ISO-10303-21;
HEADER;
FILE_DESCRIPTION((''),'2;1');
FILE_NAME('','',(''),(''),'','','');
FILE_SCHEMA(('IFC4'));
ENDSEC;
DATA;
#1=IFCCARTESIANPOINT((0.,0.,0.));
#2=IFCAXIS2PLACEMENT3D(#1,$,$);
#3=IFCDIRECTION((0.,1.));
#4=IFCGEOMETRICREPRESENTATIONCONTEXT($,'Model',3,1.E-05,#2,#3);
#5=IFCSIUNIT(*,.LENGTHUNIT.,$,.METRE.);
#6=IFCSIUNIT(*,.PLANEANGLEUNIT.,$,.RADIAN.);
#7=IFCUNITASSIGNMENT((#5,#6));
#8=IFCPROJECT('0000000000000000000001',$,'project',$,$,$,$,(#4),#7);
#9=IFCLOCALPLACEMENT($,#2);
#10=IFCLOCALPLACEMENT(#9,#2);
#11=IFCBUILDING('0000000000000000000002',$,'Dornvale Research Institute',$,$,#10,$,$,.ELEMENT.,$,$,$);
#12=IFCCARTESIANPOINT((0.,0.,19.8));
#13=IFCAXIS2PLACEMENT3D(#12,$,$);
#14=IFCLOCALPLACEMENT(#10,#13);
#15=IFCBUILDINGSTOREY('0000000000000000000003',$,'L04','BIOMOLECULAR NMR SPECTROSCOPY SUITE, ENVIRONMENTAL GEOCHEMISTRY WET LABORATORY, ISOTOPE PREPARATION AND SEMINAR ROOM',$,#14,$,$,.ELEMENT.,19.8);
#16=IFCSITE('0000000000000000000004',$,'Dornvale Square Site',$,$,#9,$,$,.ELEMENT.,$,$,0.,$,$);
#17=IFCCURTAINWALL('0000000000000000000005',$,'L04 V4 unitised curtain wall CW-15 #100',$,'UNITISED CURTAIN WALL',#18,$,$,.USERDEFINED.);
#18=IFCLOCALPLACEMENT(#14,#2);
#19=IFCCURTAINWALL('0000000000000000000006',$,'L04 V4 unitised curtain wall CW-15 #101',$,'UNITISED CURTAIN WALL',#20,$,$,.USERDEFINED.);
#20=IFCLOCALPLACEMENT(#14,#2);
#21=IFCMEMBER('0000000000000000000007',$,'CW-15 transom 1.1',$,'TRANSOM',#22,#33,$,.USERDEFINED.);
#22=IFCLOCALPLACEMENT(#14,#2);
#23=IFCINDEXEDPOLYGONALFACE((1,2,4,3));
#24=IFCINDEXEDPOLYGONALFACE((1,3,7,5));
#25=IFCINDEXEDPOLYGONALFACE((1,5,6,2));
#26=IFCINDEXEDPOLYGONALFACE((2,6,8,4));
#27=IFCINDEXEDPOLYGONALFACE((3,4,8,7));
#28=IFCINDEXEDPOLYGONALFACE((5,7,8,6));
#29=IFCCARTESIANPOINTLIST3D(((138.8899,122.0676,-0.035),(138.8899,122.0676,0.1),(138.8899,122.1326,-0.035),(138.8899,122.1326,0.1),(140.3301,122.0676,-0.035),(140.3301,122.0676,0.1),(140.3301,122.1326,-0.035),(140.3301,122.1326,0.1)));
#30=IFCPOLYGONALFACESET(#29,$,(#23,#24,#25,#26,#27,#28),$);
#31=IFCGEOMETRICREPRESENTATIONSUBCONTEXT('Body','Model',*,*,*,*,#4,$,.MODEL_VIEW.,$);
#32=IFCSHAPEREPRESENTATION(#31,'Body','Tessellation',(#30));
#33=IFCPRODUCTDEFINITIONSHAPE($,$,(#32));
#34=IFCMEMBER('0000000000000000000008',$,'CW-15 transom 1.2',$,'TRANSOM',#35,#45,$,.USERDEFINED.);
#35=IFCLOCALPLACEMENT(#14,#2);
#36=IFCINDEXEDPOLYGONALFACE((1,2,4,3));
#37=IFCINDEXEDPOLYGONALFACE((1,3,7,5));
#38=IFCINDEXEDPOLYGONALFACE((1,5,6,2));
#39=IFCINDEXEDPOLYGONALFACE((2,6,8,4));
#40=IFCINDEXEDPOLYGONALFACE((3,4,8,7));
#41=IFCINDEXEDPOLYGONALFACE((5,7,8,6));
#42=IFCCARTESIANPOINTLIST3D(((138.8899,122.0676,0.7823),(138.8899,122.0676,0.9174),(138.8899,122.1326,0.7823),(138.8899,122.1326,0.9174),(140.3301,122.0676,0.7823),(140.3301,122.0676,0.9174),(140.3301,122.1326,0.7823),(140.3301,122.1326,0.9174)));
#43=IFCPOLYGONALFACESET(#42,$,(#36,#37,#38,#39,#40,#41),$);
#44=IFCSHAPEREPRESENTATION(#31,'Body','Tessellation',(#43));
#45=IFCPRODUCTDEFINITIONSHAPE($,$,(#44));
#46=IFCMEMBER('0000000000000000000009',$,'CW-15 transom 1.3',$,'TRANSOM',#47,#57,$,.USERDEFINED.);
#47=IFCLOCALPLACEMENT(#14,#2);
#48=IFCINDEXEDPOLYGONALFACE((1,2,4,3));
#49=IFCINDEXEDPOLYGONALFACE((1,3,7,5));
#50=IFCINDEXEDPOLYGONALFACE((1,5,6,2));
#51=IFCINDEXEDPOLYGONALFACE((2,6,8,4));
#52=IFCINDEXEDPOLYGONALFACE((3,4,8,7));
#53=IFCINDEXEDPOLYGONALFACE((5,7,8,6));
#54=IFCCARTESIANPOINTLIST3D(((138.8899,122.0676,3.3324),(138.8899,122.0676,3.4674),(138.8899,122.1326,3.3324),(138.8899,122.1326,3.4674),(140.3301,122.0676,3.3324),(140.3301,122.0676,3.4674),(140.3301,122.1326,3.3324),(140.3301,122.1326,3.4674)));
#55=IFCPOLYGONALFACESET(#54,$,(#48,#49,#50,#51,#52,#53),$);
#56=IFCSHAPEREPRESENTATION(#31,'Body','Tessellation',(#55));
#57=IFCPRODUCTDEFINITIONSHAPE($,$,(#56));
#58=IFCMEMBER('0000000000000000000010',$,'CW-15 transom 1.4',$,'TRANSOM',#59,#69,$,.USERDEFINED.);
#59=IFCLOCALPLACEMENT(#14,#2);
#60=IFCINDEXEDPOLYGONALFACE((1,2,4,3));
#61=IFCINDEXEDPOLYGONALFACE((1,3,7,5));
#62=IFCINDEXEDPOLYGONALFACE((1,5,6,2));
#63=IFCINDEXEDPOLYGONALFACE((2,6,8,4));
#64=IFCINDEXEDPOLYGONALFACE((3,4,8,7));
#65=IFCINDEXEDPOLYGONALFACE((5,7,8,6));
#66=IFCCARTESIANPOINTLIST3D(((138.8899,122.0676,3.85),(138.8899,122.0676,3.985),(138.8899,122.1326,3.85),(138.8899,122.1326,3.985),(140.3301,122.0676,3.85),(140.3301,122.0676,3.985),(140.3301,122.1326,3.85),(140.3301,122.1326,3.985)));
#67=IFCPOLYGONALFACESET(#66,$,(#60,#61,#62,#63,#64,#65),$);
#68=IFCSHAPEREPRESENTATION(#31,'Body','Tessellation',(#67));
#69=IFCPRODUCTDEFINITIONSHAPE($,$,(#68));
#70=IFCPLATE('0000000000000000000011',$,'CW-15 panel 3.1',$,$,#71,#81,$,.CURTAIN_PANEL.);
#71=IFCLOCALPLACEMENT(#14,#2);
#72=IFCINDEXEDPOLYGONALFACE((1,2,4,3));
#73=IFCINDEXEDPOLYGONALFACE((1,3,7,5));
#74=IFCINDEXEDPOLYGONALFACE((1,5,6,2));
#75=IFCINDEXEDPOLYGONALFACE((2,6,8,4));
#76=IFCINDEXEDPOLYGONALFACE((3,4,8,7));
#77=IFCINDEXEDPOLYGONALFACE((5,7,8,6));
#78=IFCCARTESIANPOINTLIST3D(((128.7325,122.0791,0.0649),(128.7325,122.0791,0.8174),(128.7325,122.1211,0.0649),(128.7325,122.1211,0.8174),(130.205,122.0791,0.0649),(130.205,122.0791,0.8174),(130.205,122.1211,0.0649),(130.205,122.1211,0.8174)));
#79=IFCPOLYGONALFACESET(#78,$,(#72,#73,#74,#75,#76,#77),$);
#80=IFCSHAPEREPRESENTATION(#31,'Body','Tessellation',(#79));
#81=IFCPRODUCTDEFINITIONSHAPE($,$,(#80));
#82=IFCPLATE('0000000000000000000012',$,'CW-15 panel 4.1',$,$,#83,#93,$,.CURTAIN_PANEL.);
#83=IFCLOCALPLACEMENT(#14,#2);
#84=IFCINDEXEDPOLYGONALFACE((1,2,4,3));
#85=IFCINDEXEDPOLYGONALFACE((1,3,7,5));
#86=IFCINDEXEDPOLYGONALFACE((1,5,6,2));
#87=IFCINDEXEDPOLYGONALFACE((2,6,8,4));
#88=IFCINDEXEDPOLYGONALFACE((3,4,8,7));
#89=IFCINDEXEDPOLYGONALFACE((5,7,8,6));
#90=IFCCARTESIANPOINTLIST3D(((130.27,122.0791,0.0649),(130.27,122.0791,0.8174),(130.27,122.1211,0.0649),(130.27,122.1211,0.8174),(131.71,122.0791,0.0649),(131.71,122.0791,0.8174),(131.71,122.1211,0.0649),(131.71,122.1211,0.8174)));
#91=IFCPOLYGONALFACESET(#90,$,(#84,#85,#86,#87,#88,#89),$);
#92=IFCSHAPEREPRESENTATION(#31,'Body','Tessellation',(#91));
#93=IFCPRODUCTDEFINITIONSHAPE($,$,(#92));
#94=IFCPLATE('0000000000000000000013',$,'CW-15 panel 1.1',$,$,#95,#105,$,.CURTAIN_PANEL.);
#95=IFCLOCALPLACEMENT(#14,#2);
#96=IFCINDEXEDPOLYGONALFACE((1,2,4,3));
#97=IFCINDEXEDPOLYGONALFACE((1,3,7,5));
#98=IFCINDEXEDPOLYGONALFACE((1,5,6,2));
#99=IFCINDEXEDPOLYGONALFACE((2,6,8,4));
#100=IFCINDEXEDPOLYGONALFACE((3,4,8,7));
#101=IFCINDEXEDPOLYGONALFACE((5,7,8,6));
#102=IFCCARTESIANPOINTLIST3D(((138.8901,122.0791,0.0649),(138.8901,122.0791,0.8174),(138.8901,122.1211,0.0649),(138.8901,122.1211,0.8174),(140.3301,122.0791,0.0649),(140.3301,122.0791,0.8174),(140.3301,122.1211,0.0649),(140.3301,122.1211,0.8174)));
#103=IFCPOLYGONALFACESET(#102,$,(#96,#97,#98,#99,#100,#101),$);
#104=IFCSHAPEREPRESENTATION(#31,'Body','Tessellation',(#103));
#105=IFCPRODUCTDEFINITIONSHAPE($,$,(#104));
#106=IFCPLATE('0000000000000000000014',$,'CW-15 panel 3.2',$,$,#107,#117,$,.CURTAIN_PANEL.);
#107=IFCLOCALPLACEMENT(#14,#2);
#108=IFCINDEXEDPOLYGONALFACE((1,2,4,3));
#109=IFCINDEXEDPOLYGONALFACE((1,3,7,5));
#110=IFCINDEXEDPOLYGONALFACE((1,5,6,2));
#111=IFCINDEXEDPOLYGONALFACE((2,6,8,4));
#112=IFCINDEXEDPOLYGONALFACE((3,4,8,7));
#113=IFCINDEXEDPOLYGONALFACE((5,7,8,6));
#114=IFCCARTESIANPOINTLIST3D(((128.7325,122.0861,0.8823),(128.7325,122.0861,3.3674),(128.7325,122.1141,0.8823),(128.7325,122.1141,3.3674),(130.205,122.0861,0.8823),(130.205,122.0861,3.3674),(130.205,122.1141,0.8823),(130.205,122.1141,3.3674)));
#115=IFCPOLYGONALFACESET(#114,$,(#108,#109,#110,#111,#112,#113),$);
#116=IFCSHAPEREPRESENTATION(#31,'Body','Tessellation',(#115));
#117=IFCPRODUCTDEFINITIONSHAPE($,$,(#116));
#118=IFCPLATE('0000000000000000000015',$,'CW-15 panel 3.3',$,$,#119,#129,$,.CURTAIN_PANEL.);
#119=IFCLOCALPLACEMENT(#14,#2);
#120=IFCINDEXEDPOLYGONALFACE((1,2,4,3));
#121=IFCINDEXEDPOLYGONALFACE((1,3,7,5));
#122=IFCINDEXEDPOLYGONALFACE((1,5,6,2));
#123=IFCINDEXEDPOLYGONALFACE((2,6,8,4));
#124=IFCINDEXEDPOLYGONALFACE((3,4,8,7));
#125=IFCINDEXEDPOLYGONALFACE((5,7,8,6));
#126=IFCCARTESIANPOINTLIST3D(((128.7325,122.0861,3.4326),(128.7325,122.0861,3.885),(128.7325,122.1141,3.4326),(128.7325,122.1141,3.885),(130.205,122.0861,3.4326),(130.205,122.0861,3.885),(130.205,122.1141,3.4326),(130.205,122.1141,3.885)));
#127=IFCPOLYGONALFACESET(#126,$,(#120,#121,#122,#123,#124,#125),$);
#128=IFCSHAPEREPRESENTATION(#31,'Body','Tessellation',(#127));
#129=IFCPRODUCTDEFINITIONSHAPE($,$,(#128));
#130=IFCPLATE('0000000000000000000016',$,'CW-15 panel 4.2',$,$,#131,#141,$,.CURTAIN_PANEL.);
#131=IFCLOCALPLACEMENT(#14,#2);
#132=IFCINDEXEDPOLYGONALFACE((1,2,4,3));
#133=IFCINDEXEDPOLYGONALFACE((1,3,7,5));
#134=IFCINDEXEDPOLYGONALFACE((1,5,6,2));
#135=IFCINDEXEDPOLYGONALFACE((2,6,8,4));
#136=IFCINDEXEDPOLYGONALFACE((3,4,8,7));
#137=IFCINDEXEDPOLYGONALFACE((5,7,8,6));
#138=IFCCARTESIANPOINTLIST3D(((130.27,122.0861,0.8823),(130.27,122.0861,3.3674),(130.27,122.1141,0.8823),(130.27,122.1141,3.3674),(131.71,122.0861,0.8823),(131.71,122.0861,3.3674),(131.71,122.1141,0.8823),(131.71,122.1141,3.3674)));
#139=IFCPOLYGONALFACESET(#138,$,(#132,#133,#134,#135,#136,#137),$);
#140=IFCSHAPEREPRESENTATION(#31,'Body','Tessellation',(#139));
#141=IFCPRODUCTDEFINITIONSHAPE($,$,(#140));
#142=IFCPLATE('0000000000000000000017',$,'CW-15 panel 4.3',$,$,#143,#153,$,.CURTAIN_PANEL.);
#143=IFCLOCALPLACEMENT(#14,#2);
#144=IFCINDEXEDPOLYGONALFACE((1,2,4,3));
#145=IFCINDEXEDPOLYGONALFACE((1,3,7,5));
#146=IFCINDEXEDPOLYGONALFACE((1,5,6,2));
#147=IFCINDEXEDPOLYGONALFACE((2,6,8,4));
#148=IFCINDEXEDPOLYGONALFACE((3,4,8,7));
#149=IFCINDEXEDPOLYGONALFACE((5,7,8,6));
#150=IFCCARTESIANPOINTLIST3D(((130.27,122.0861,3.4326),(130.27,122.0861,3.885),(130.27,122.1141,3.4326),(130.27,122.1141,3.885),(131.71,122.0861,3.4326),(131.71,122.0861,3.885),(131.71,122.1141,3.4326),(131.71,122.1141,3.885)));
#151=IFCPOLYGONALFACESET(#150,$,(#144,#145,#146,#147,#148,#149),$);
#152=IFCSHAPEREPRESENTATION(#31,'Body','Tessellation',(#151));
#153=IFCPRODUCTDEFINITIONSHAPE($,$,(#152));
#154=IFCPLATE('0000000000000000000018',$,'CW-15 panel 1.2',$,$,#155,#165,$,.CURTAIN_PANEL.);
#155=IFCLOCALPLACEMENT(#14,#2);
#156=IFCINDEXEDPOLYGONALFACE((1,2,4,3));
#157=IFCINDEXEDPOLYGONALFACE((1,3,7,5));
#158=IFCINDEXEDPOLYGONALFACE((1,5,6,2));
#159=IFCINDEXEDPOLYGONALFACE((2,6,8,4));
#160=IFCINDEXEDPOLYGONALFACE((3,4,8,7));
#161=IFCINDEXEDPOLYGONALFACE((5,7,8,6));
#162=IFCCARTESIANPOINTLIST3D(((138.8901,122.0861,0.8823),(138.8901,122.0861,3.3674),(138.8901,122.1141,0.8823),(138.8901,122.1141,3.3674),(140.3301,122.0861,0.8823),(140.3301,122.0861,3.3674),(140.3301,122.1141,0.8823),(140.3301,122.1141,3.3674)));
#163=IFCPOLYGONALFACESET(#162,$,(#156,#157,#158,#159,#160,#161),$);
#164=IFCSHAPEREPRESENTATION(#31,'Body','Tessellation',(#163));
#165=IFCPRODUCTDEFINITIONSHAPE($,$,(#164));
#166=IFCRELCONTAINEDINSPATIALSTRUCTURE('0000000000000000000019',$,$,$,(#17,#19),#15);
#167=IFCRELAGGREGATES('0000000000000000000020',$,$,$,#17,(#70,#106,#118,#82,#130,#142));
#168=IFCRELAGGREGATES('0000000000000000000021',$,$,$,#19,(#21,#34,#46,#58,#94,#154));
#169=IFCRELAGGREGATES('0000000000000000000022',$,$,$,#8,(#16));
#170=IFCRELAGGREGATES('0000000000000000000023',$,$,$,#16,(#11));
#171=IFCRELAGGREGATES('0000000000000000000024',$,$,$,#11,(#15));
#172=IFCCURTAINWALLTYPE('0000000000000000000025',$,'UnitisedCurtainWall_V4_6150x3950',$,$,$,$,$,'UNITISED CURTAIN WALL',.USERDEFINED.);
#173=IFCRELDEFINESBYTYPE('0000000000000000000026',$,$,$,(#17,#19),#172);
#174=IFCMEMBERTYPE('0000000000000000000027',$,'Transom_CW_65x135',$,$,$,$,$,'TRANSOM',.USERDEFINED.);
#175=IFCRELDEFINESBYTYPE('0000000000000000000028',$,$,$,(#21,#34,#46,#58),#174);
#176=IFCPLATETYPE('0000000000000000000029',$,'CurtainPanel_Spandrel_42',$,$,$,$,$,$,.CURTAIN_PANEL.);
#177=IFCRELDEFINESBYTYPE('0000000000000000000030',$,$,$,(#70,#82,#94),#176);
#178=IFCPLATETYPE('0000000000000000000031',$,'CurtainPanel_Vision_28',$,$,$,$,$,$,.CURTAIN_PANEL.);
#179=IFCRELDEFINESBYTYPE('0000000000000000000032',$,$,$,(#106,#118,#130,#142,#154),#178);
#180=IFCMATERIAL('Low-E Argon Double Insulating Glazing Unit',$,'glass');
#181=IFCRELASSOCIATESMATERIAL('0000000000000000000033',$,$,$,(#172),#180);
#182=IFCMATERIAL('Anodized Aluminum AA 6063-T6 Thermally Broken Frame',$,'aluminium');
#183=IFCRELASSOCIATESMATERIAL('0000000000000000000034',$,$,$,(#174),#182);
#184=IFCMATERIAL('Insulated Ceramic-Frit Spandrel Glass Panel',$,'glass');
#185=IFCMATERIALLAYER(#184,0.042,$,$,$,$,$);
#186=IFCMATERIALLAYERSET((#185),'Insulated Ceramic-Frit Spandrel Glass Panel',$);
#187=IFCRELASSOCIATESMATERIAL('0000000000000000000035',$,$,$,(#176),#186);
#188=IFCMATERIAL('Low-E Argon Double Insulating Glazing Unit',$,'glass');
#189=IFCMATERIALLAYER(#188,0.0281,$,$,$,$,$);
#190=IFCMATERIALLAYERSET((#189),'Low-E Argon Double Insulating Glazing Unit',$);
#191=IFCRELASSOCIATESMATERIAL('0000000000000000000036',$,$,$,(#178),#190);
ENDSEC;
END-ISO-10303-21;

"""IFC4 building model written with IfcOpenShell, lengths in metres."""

from ifc_helpers import new_model, si_unit, direction, frame, origin, origin_2d, place, context, subcontext, project, spatial, rectangle, extrude, material, layer, layer_set, material_profile, profile_set, type_object, element, aggregate, save


model = new_model("IFC4")

# Units and contexts
model_context = context("Model", 3, precision=1e-05, world=origin(), true_north=direction((0.0, 1.0)))
body_context = subcontext(model_context, "Body", "Model", "MODEL_VIEW")
ifc_project = project(units=[si_unit("LENGTHUNIT", "METRE"), si_unit("PLANEANGLEUNIT", "RADIAN")], contexts=[model_context])

# Site, building, storey
site_placement = place(None, origin())
site = spatial("IfcSite", under=ifc_project, at=site_placement, Name="Dornvale Square Site", CompositionType="ELEMENT", RefElevation=0.0)
building_placement = place(site_placement, origin())
building = spatial("IfcBuilding", under=site, at=building_placement, Name="Dornvale Research Institute", CompositionType="ELEMENT")
storey_placement = place(building_placement, frame((0.0, 0.0, 19.8)))
storey = spatial("IfcBuildingStorey", under=building, at=storey_placement, Name="L04", Description="BIOMOLECULAR NMR SPECTROSCOPY SUITE, ENVIRONMENTAL GEOCHEMISTRY WET LABORATORY, ISOTOPE PREPARATION AND SEMINAR ROOM", CompositionType="ELEMENT", Elevation=19.8)

# Curtain wall
ifc_material_1 = material(Name="Low-E Argon Double Insulating Glazing Unit", Category="glass")
curtain_wall_type = type_object("IfcCurtainWallType", Name="UnitisedCurtainWall_V4_6150x3950", ElementType="UNITISED CURTAIN WALL", PredefinedType="USERDEFINED", material=ifc_material_1)
curtain_wall_1_placement = place(storey_placement, origin())
curtain_wall_1 = element("IfcCurtainWall", 1, at=curtain_wall_1_placement, inside=storey, type_object=curtain_wall_type, Name="L04 V4 unitised curtain wall CW-15 #100", ObjectType="UNITISED CURTAIN WALL", PredefinedType="USERDEFINED")

# Curtain wall
curtain_wall_2_placement = place(storey_placement, origin())
curtain_wall_2 = element("IfcCurtainWall", 2, at=curtain_wall_2_placement, inside=storey, type_object=curtain_wall_type, Name="L04 V4 unitised curtain wall CW-15 #101", ObjectType="UNITISED CURTAIN WALL", PredefinedType="USERDEFINED")

# Members
ifc_material_2 = material(Name="Anodized Aluminum AA 6063-T6 Thermally Broken Frame", Category="aluminium")
ifc_material_profile_1 = material_profile(ifc_material_2, rectangle(XDim=0.0649, YDim=0.135, at=origin_2d()), Name="ALU TRANSOM 65x135")
ifc_profile_set_1 = profile_set([ifc_material_profile_1], Name="Anodized Aluminum AA 6063-T6 Thermally Broken Frame")
member_type_1 = type_object("IfcMemberType", Name="Transom_CW_65x135", ElementType="TRANSOM", PredefinedType="USERDEFINED", material=ifc_profile_set_1)
member_1_placement = place(storey_placement, frame((138.8899, 122.1001, 0.0325), z_axis=(1.0, 0.0, 0.0), x_axis=(0.0, 1.0, 0.0)))
member_1 = element("IfcMember", 3, at=member_1_placement, type_object=member_type_1, Name="CW-15 transom 1.1", ObjectType="TRANSOM", PredefinedType="USERDEFINED", context=body_context, shape_type="SweptSolid", body=[
    extrude(rectangle(XDim=0.0649, YDim=0.135, at=origin_2d()), origin(), (0.0, 0.0, 1.0), 1.4402),
])
member_2_placement = place(storey_placement, frame((138.8899, 122.1001, 0.8499), z_axis=(1.0, 0.0, 0.0), x_axis=(0.0, 1.0, 0.0)))
member_2 = element("IfcMember", 4, at=member_2_placement, type_object=member_type_1, Name="CW-15 transom 1.2", ObjectType="TRANSOM", PredefinedType="USERDEFINED", context=body_context, shape_type="SweptSolid", body=[
    extrude(rectangle(XDim=0.0649, YDim=0.135, at=origin_2d()), origin(), (0.0, 0.0, 1.0), 1.4402),
])
member_3_placement = place(storey_placement, frame((138.8899, 122.1001, 3.3999), z_axis=(1.0, 0.0, 0.0), x_axis=(0.0, 1.0, 0.0)))
member_3 = element("IfcMember", 5, at=member_3_placement, type_object=member_type_1, Name="CW-15 transom 1.3", ObjectType="TRANSOM", PredefinedType="USERDEFINED", context=body_context, shape_type="SweptSolid", body=[
    extrude(rectangle(XDim=0.0649, YDim=0.135, at=origin_2d()), origin(), (0.0, 0.0, 1.0), 1.4402),
])
member_4_placement = place(storey_placement, frame((138.8899, 122.1001, 3.9175), z_axis=(1.0, 0.0, 0.0), x_axis=(0.0, 1.0, 0.0)))
member_4 = element("IfcMember", 6, at=member_4_placement, type_object=member_type_1, Name="CW-15 transom 1.4", ObjectType="TRANSOM", PredefinedType="USERDEFINED", context=body_context, shape_type="SweptSolid", body=[
    extrude(rectangle(XDim=0.0649, YDim=0.135, at=origin_2d()), origin(), (0.0, 0.0, 1.0), 1.4402),
])

# Plates
ifc_material_3 = material(Name="Insulated Ceramic-Frit Spandrel Glass Panel", Category="glass")
ifc_layer_1 = layer(ifc_material_3, 0.042)
ifc_layer_set_1 = layer_set([ifc_layer_1], Name="Insulated Ceramic-Frit Spandrel Glass Panel")
plate_type_1 = type_object("IfcPlateType", Name="CurtainPanel_Spandrel_42", PredefinedType="CURTAIN_PANEL", material=ifc_layer_set_1)
plate_1_placement = place(storey_placement, frame((129.4688, 122.1001, 0.0649), z_axis=(0.0, 0.0, 1.0), x_axis=(1.0, 0.0, 0.0)))
plate_1 = element("IfcPlate", 7, at=plate_1_placement, type_object=plate_type_1, Name="CW-15 panel 3.1", PredefinedType="CURTAIN_PANEL", context=body_context, shape_type="SweptSolid", body=[
    extrude(rectangle(XDim=1.4724, YDim=0.042, at=origin_2d()), origin(), (0.0, 0.0, 1.0), 0.7524),
])
plate_2_placement = place(storey_placement, frame((130.99, 122.1001, 0.0649), z_axis=(0.0, 0.0, 1.0), x_axis=(1.0, 0.0, 0.0)))
plate_2 = element("IfcPlate", 8, at=plate_2_placement, type_object=plate_type_1, Name="CW-15 panel 4.1", PredefinedType="CURTAIN_PANEL", context=body_context, shape_type="SweptSolid", body=[
    extrude(rectangle(XDim=1.4399, YDim=0.042, at=origin_2d()), origin(), (0.0, 0.0, 1.0), 0.7524),
])
plate_3_placement = place(storey_placement, frame((139.6101, 122.1001, 0.0649), z_axis=(0.0, 0.0, 1.0), x_axis=(1.0, 0.0, 0.0)))
plate_3 = element("IfcPlate", 9, at=plate_3_placement, type_object=plate_type_1, Name="CW-15 panel 1.1", PredefinedType="CURTAIN_PANEL", context=body_context, shape_type="SweptSolid", body=[
    extrude(rectangle(XDim=1.4399, YDim=0.042, at=origin_2d()), origin(), (0.0, 0.0, 1.0), 0.7524),
])
ifc_material_4 = material(Name="Low-E Argon Double Insulating Glazing Unit", Category="glass")
ifc_layer_2 = layer(ifc_material_4, 0.0281)
ifc_layer_set_2 = layer_set([ifc_layer_2], Name="Low-E Argon Double Insulating Glazing Unit")
plate_type_2 = type_object("IfcPlateType", Name="CurtainPanel_Vision_28", PredefinedType="CURTAIN_PANEL", material=ifc_layer_set_2)
plate_4_placement = place(storey_placement, frame((129.4688, 122.1001, 0.8823), z_axis=(0.0, 0.0, 1.0), x_axis=(1.0, 0.0, 0.0)))
plate_4 = element("IfcPlate", 10, at=plate_4_placement, type_object=plate_type_2, Name="CW-15 panel 3.2", PredefinedType="CURTAIN_PANEL", context=body_context, shape_type="SweptSolid", body=[
    extrude(rectangle(XDim=1.4724, YDim=0.0281, at=origin_2d()), origin(), (0.0, 0.0, 1.0), 2.4851),
])
plate_5_placement = place(storey_placement, frame((129.4688, 122.1001, 3.4326), z_axis=(0.0, 0.0, 1.0), x_axis=(1.0, 0.0, 0.0)))
plate_5 = element("IfcPlate", 11, at=plate_5_placement, type_object=plate_type_2, Name="CW-15 panel 3.3", PredefinedType="CURTAIN_PANEL", context=body_context, shape_type="SweptSolid", body=[
    extrude(rectangle(XDim=1.4724, YDim=0.0281, at=origin_2d()), origin(), (0.0, 0.0, 1.0), 0.4524),
])
plate_6_placement = place(storey_placement, frame((130.99, 122.1001, 0.8823), z_axis=(0.0, 0.0, 1.0), x_axis=(1.0, 0.0, 0.0)))
plate_6 = element("IfcPlate", 12, at=plate_6_placement, type_object=plate_type_2, Name="CW-15 panel 4.2", PredefinedType="CURTAIN_PANEL", context=body_context, shape_type="SweptSolid", body=[
    extrude(rectangle(XDim=1.4399, YDim=0.0281, at=origin_2d()), origin(), (0.0, 0.0, 1.0), 2.4851),
])
plate_7_placement = place(storey_placement, frame((130.99, 122.1001, 3.4326), z_axis=(0.0, 0.0, 1.0), x_axis=(1.0, 0.0, 0.0)))
plate_7 = element("IfcPlate", 13, at=plate_7_placement, type_object=plate_type_2, Name="CW-15 panel 4.3", PredefinedType="CURTAIN_PANEL", context=body_context, shape_type="SweptSolid", body=[
    extrude(rectangle(XDim=1.4399, YDim=0.0281, at=origin_2d()), origin(), (0.0, 0.0, 1.0), 0.4524),
])
aggregate(curtain_wall_1, [plate_1, plate_4, plate_5, plate_2, plate_6, plate_7])
plate_8_placement = place(storey_placement, frame((139.6101, 122.1001, 0.8823), z_axis=(0.0, 0.0, 1.0), x_axis=(1.0, 0.0, 0.0)))
plate_8 = element("IfcPlate", 14, at=plate_8_placement, type_object=plate_type_2, Name="CW-15 panel 1.2", PredefinedType="CURTAIN_PANEL", context=body_context, shape_type="SweptSolid", body=[
    extrude(rectangle(XDim=1.4399, YDim=0.0281, at=origin_2d()), origin(), (0.0, 0.0, 1.0), 2.4851),
])
aggregate(curtain_wall_2, [member_1, member_2, member_3, member_4, plate_3, plate_8])

save(model, "model.ifc")
